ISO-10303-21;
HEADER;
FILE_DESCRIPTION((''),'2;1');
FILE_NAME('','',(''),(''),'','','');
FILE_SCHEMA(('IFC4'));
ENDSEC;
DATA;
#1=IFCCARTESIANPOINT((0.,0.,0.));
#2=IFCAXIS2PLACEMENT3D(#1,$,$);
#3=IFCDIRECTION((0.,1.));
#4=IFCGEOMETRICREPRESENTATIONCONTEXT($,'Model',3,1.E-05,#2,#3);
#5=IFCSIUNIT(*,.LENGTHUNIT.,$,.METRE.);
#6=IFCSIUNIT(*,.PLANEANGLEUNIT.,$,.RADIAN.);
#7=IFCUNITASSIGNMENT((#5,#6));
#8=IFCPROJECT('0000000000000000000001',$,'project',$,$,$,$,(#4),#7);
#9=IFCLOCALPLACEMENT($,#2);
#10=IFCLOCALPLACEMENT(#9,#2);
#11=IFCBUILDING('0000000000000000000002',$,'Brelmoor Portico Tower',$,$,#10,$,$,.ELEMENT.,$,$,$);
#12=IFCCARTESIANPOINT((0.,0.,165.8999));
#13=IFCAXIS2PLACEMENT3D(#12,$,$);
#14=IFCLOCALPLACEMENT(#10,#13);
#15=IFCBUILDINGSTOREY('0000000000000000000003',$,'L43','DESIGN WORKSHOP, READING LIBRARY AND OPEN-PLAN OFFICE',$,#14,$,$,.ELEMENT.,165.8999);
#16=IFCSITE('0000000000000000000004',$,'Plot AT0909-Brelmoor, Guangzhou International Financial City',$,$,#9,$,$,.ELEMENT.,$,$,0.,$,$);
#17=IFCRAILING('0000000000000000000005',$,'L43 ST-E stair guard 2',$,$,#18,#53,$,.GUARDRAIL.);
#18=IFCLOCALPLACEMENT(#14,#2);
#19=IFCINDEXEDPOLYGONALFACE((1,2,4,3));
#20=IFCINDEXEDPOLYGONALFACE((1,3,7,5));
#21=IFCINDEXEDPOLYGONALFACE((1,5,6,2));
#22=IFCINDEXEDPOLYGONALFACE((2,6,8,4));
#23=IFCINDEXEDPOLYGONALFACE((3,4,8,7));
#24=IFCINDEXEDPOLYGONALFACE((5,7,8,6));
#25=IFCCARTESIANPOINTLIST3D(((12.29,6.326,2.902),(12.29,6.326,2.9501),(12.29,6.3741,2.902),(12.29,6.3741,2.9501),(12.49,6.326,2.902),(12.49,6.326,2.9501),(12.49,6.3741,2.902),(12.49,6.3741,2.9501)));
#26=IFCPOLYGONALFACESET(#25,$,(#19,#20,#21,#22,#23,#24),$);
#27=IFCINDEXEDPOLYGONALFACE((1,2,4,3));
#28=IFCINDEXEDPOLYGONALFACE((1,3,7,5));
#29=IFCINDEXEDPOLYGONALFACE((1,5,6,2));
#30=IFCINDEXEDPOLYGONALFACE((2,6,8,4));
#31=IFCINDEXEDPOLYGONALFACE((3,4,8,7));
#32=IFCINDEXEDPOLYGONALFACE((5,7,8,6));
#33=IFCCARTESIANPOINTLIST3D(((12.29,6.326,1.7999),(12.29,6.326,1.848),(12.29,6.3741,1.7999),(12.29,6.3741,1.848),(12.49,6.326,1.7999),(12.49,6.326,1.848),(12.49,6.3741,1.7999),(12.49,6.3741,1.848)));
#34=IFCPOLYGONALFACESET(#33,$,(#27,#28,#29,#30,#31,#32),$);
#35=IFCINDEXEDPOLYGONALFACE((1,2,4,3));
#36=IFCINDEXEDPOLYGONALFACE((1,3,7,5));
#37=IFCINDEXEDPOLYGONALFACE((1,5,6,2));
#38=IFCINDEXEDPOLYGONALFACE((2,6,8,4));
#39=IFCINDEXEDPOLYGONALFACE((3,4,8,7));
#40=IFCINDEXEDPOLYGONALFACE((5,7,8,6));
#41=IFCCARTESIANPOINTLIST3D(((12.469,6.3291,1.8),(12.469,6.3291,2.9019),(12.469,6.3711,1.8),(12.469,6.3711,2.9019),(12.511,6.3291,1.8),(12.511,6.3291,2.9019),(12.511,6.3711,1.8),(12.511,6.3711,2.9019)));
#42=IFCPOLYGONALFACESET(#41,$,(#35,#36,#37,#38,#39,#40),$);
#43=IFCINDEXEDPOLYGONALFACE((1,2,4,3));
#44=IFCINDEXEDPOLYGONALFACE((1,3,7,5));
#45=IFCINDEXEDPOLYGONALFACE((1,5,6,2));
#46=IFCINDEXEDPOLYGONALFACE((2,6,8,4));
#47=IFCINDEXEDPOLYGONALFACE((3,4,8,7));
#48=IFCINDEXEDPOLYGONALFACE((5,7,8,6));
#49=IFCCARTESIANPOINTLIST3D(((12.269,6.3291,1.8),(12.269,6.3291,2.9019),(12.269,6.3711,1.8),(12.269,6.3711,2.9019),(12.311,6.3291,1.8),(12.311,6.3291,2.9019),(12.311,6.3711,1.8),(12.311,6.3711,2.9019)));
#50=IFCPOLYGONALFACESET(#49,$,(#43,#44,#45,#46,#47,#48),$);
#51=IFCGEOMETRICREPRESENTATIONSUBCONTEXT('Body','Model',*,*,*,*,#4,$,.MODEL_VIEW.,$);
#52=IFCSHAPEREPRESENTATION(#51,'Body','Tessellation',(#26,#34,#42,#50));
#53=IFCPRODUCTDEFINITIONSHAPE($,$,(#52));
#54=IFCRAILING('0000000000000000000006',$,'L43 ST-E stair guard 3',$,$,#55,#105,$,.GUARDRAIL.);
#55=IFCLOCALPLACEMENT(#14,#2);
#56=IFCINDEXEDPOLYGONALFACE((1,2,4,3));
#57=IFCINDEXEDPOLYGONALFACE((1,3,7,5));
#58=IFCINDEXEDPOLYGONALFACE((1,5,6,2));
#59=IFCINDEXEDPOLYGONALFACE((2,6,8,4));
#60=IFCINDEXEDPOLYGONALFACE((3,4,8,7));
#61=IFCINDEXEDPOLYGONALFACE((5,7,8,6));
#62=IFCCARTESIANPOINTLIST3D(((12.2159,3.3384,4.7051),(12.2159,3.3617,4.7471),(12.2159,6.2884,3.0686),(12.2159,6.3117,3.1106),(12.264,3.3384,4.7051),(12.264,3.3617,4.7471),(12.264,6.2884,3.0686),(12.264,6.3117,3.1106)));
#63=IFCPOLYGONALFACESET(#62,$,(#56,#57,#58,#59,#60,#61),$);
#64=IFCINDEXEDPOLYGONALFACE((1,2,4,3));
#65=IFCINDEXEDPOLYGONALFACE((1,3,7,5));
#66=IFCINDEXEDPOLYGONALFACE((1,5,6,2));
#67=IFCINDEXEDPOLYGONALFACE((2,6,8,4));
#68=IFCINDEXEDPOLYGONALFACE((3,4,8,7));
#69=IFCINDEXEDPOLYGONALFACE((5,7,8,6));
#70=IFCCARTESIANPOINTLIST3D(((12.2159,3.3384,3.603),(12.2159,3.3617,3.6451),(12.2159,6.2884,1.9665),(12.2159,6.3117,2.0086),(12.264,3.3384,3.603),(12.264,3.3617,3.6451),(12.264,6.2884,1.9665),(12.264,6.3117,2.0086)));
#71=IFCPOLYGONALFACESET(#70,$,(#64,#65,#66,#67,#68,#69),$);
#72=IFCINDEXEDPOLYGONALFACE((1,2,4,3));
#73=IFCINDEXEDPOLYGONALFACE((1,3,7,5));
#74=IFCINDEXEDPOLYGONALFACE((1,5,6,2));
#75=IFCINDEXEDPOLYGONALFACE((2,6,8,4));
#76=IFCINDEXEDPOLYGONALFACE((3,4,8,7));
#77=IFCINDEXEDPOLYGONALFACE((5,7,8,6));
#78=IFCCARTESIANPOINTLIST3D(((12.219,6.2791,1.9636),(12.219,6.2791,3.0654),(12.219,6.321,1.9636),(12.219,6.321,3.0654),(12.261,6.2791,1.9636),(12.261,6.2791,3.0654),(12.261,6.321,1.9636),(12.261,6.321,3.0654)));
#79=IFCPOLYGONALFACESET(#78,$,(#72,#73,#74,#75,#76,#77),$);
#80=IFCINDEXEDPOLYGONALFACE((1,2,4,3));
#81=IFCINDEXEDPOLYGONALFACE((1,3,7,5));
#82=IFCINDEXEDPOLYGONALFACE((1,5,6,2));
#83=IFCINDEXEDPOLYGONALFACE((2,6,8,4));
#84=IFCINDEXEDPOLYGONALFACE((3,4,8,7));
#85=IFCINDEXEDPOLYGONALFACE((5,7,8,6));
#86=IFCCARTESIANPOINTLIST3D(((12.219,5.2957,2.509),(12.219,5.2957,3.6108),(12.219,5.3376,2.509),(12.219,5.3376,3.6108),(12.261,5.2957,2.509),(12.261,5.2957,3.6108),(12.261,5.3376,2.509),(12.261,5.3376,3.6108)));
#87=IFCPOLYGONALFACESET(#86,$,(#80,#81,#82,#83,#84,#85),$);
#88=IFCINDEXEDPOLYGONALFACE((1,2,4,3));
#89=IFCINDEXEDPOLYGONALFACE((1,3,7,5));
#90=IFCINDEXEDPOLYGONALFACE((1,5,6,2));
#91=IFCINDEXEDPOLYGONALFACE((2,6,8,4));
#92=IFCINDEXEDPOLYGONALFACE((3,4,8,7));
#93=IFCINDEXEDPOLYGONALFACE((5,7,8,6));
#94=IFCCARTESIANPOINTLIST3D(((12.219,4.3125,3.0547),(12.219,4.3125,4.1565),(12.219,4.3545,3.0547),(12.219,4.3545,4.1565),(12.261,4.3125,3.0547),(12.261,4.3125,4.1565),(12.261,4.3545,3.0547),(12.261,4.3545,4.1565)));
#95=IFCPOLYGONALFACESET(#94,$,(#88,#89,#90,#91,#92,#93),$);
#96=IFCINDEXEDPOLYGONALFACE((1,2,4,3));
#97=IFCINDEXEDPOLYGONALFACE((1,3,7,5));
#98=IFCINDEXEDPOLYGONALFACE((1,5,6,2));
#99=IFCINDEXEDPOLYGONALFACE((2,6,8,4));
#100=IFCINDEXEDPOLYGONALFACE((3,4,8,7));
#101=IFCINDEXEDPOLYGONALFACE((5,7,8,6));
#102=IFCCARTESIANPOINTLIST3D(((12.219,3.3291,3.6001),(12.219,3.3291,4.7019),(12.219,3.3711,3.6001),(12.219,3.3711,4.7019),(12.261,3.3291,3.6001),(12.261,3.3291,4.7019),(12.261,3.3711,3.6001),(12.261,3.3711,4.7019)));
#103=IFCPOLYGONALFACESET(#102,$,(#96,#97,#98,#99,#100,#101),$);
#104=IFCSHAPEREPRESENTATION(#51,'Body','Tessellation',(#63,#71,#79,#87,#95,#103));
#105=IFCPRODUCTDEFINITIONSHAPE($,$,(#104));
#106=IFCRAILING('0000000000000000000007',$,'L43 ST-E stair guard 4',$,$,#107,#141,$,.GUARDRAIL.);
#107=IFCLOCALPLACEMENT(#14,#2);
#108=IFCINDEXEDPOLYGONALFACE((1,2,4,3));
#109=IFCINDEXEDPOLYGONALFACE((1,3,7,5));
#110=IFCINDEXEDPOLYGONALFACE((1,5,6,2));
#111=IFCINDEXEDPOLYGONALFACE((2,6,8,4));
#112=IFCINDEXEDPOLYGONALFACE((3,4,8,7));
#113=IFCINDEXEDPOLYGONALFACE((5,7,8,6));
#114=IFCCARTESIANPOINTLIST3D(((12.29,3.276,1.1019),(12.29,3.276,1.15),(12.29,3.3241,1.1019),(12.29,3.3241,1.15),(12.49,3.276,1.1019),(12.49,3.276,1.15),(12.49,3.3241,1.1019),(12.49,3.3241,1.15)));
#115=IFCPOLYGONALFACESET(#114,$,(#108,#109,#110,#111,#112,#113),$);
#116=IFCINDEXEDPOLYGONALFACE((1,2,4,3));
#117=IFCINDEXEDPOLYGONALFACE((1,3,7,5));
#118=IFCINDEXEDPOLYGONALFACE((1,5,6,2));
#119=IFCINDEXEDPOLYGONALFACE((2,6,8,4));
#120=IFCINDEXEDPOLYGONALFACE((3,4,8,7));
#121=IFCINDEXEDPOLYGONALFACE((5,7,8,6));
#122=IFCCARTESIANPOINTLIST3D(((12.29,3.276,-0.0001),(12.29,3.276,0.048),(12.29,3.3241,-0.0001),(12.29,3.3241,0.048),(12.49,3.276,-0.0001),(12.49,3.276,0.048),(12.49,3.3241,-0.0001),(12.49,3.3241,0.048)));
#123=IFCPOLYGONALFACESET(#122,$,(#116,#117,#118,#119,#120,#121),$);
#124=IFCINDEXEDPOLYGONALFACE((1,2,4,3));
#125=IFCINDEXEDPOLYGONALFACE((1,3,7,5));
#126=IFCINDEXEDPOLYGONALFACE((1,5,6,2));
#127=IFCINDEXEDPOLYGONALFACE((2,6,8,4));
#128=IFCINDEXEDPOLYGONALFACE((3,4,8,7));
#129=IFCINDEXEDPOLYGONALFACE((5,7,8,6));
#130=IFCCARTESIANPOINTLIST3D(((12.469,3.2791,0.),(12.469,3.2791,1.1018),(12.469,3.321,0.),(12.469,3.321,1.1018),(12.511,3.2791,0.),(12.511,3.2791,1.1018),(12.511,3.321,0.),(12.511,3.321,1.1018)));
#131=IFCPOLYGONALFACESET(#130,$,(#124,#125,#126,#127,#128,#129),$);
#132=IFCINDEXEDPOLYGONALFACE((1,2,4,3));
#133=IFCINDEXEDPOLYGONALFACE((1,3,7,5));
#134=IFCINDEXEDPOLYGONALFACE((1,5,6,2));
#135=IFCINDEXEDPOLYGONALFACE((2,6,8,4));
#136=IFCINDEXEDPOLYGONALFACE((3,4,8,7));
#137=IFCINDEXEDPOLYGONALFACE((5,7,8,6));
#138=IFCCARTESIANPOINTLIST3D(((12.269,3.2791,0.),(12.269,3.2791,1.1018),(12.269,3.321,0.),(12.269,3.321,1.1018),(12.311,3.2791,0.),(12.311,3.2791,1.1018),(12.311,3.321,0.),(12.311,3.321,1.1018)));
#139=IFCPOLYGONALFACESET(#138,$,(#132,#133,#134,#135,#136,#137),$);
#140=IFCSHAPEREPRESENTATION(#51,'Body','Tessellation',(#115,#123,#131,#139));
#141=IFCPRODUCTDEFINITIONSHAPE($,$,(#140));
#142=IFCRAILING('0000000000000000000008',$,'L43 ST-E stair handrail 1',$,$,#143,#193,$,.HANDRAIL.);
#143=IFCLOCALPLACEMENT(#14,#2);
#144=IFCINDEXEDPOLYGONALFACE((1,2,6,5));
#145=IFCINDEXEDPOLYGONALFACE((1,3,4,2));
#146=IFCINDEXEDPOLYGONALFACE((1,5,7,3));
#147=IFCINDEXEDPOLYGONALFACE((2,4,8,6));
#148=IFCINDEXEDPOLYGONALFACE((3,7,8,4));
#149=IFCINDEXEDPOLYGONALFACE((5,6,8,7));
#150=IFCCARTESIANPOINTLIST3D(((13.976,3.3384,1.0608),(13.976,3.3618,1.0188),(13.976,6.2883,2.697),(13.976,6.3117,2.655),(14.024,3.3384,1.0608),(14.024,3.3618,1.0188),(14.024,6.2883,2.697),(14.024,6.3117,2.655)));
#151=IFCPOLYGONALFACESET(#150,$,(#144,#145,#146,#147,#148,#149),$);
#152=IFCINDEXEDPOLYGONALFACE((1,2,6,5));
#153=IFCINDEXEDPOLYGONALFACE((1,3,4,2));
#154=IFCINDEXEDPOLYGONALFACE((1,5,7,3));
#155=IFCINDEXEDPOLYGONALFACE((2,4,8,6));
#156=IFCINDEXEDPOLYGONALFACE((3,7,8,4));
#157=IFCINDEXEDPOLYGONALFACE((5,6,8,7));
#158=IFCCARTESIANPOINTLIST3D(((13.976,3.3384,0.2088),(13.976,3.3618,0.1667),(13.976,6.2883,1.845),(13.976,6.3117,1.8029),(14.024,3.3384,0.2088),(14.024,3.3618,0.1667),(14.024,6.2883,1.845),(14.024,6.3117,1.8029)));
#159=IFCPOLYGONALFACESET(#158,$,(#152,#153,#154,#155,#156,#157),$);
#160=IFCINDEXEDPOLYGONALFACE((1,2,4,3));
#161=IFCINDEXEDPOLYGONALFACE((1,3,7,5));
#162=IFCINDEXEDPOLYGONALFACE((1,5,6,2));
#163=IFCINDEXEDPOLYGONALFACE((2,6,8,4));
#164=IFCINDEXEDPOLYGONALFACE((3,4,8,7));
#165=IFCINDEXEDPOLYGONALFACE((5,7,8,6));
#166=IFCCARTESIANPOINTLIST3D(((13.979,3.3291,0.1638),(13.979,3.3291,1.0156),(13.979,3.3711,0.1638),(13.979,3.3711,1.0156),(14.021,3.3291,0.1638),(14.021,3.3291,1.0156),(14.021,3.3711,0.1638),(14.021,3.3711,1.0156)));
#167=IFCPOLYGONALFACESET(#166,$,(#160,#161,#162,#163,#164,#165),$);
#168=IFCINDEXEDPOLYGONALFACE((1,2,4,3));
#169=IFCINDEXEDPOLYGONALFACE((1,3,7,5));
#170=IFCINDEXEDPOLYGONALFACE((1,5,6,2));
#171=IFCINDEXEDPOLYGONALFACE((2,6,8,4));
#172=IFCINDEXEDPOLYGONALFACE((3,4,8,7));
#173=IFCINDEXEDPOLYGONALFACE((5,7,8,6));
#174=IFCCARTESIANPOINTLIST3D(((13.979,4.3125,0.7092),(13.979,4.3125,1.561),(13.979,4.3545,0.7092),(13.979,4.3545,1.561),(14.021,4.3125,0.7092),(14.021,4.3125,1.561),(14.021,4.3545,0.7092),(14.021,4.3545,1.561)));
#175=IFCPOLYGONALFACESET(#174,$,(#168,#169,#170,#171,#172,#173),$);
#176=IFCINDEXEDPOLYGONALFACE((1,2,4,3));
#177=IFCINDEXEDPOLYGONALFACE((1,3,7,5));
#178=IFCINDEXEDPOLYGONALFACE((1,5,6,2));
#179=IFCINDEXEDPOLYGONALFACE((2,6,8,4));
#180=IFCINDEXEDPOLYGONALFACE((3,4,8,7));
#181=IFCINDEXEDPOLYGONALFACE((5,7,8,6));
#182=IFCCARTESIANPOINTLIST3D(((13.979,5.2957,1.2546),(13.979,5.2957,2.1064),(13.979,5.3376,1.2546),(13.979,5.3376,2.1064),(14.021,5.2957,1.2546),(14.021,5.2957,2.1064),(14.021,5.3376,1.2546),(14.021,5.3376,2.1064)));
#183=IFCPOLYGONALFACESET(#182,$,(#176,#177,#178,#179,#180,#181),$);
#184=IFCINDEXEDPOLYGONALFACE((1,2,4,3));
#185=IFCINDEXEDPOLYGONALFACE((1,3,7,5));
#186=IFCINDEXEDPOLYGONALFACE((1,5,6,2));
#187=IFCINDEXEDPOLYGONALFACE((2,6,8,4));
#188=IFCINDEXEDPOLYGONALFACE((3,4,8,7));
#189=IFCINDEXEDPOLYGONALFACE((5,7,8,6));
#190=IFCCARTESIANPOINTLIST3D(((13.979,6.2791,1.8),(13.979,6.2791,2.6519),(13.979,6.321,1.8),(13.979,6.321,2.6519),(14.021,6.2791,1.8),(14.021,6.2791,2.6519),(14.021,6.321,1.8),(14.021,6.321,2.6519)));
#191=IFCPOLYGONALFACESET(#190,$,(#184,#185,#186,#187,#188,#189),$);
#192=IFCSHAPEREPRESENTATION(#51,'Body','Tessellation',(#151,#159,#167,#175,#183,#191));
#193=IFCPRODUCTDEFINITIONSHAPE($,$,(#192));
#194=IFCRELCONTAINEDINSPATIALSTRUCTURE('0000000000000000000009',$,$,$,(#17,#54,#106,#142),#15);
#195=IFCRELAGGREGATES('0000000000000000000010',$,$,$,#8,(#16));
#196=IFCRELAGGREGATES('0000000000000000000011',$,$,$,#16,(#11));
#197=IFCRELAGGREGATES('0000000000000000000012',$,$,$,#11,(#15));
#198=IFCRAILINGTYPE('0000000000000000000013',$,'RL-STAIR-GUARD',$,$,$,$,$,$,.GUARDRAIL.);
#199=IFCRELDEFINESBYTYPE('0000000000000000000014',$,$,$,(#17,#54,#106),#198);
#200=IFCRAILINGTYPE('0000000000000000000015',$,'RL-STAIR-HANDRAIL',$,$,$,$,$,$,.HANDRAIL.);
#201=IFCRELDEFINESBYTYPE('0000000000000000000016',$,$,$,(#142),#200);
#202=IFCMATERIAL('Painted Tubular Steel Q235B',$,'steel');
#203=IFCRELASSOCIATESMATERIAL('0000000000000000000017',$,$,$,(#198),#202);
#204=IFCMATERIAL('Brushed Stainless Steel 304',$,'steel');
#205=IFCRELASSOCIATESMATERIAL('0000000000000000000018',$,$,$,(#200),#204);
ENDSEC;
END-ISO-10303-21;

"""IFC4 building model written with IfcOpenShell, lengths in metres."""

from ifc_helpers import new_model, si_unit, direction, frame, origin, origin_2d, place, context, subcontext, project, spatial, rectangle, extrude, material, type_object, element, save


model = new_model("IFC4")

# Units and contexts
model_context = context("Model", 3, precision=1e-05, world=origin(), true_north=direction((0.0, 1.0)))
body_context = subcontext(model_context, "Body", "Model", "MODEL_VIEW")
ifc_project = project(units=[si_unit("LENGTHUNIT", "METRE"), si_unit("PLANEANGLEUNIT", "RADIAN")], contexts=[model_context])

# Site, building, storey
site_placement = place(None, origin())
site = spatial("IfcSite", under=ifc_project, at=site_placement, Name="Plot AT0909-Brelmoor, Guangzhou International Financial City", CompositionType="ELEMENT", RefElevation=0.0)
building_placement = place(site_placement, origin())
building = spatial("IfcBuilding", under=site, at=building_placement, Name="Brelmoor Portico Tower", CompositionType="ELEMENT")
storey_placement = place(building_placement, frame((0.0, 0.0, 165.8999)))
storey = spatial("IfcBuildingStorey", under=building, at=storey_placement, Name="L43", Description="DESIGN WORKSHOP, READING LIBRARY AND OPEN-PLAN OFFICE", CompositionType="ELEMENT", Elevation=165.8999)

# Railings
ifc_material_1 = material(Name="Painted Tubular Steel Q235B", Category="steel")
railing_type_1 = type_object("IfcRailingType", Name="RL-STAIR-GUARD", PredefinedType="GUARDRAIL", material=ifc_material_1)
railing_1_placement = place(storey_placement, frame((12.49, 6.3501, 1.8)))
element("IfcRailing", 1, at=railing_1_placement, inside=storey, type_object=railing_type_1, Name="L43 ST-E stair guard 2", PredefinedType="GUARDRAIL", context=body_context, shape_type="SweptSolid", body=[
    extrude(rectangle(XDim=0.0481, YDim=0.0481, at=origin_2d()), frame((0.0, 0.0, 1.126), z_axis=(-1.0, 0.0, 0.0), x_axis=(0.0, -1.0, 0.0)), (0.0, 0.0, 1.0), 0.2),
    extrude(rectangle(XDim=0.0481, YDim=0.0481, at=origin_2d()), frame((0.0, 0.0, 0.0239), z_axis=(-1.0, 0.0, 0.0), x_axis=(0.0, -1.0, 0.0)), (0.0, 0.0, 1.0), 0.2),
    extrude(rectangle(XDim=0.042, YDim=0.042, at=origin_2d()), origin(), (0.0, 0.0, 1.0), 1.1018),
    extrude(rectangle(XDim=0.042, YDim=0.042, at=origin_2d()), frame((-0.2, 0.0, 0.0)), (0.0, 0.0, 1.0), 1.1018),
])
railing_2_placement = place(storey_placement, frame((12.24, 6.3, 1.9636)))
element("IfcRailing", 2, at=railing_2_placement, inside=storey, type_object=railing_type_1, Name="L43 ST-E stair guard 3", PredefinedType="GUARDRAIL", context=body_context, shape_type="SweptSolid", body=[
    extrude(rectangle(XDim=0.0481, YDim=0.0481, at=origin_2d()), frame((0.0, 0.0, 1.126), z_axis=(0.0, -0.874458, 0.485102), x_axis=(1.0, 0.0, 0.0)), (0.0, 0.0, 1.0), 3.3735),
    extrude(rectangle(XDim=0.0481, YDim=0.0481, at=origin_2d()), frame((0.0, 0.0, 0.0239), z_axis=(0.0, -0.874458, 0.485102), x_axis=(1.0, 0.0, 0.0)), (0.0, 0.0, 1.0), 3.3735),
    extrude(rectangle(XDim=0.042, YDim=0.042, at=origin_2d()), origin(), (0.0, 0.0, 1.0), 1.1018),
    extrude(rectangle(XDim=0.042, YDim=0.042, at=origin_2d()), frame((0.0, -0.9834, 0.5454)), (0.0, 0.0, 1.0), 1.1018),
    extrude(rectangle(XDim=0.042, YDim=0.042, at=origin_2d()), frame((0.0, -1.9666, 1.0911)), (0.0, 0.0, 1.0), 1.1018),
    extrude(rectangle(XDim=0.042, YDim=0.042, at=origin_2d()), frame((0.0, -2.95, 1.6365)), (0.0, 0.0, 1.0), 1.1018),
])
railing_3_placement = place(storey_placement, frame((12.49, 3.3, 0.0)))
element("IfcRailing", 3, at=railing_3_placement, inside=storey, type_object=railing_type_1, Name="L43 ST-E stair guard 4", PredefinedType="GUARDRAIL", context=body_context, shape_type="SweptSolid", body=[
    extrude(rectangle(XDim=0.0481, YDim=0.0481, at=origin_2d()), frame((0.0, 0.0, 1.126), z_axis=(-1.0, 0.0, 0.0), x_axis=(0.0, -1.0, 0.0)), (0.0, 0.0, 1.0), 0.2),
    extrude(rectangle(XDim=0.0481, YDim=0.0481, at=origin_2d()), frame((0.0, 0.0, 0.0239), z_axis=(-1.0, 0.0, 0.0), x_axis=(0.0, -1.0, 0.0)), (0.0, 0.0, 1.0), 0.2),
    extrude(rectangle(XDim=0.042, YDim=0.042, at=origin_2d()), origin(), (0.0, 0.0, 1.0), 1.1018),
    extrude(rectangle(XDim=0.042, YDim=0.042, at=origin_2d()), frame((-0.2, 0.0, 0.0)), (0.0, 0.0, 1.0), 1.1018),
])
ifc_material_2 = material(Name="Brushed Stainless Steel 304", Category="steel")
railing_type_2 = type_object("IfcRailingType", Name="RL-STAIR-HANDRAIL", PredefinedType="HANDRAIL", material=ifc_material_2)
railing_4_placement = place(storey_placement, frame((14.0, 3.3501, 0.1638)))
element("IfcRailing", 4, at=railing_4_placement, inside=storey, type_object=railing_type_2, Name="L43 ST-E stair handrail 1", PredefinedType="HANDRAIL", context=body_context, shape_type="SweptSolid", body=[
    extrude(rectangle(XDim=0.0481, YDim=0.0481, at=origin_2d()), frame((0.0, 0.0, 0.876), z_axis=(0.0, 0.874488, 0.485047), x_axis=(-1.0, 0.0, 0.0)), (0.0, 0.0, 1.0), 3.3733),
    extrude(rectangle(XDim=0.0481, YDim=0.0481, at=origin_2d()), frame((0.0, 0.0, 0.0239), z_axis=(0.0, 0.874488, 0.485047), x_axis=(-1.0, 0.0, 0.0)), (0.0, 0.0, 1.0), 3.3733),
    extrude(rectangle(XDim=0.042, YDim=0.042, at=origin_2d()), origin(), (0.0, 0.0, 1.0), 0.8518),
    extrude(rectangle(XDim=0.042, YDim=0.042, at=origin_2d()), frame((0.0, 0.9834, 0.5454)), (0.0, 0.0, 1.0), 0.8518),
    extrude(rectangle(XDim=0.042, YDim=0.042, at=origin_2d()), frame((0.0, 1.9666, 1.0908)), (0.0, 0.0, 1.0), 0.8518),
    extrude(rectangle(XDim=0.042, YDim=0.042, at=origin_2d()), frame((0.0, 2.95, 1.6362)), (0.0, 0.0, 1.0), 0.8518),
])

save(model, "model.ifc")
